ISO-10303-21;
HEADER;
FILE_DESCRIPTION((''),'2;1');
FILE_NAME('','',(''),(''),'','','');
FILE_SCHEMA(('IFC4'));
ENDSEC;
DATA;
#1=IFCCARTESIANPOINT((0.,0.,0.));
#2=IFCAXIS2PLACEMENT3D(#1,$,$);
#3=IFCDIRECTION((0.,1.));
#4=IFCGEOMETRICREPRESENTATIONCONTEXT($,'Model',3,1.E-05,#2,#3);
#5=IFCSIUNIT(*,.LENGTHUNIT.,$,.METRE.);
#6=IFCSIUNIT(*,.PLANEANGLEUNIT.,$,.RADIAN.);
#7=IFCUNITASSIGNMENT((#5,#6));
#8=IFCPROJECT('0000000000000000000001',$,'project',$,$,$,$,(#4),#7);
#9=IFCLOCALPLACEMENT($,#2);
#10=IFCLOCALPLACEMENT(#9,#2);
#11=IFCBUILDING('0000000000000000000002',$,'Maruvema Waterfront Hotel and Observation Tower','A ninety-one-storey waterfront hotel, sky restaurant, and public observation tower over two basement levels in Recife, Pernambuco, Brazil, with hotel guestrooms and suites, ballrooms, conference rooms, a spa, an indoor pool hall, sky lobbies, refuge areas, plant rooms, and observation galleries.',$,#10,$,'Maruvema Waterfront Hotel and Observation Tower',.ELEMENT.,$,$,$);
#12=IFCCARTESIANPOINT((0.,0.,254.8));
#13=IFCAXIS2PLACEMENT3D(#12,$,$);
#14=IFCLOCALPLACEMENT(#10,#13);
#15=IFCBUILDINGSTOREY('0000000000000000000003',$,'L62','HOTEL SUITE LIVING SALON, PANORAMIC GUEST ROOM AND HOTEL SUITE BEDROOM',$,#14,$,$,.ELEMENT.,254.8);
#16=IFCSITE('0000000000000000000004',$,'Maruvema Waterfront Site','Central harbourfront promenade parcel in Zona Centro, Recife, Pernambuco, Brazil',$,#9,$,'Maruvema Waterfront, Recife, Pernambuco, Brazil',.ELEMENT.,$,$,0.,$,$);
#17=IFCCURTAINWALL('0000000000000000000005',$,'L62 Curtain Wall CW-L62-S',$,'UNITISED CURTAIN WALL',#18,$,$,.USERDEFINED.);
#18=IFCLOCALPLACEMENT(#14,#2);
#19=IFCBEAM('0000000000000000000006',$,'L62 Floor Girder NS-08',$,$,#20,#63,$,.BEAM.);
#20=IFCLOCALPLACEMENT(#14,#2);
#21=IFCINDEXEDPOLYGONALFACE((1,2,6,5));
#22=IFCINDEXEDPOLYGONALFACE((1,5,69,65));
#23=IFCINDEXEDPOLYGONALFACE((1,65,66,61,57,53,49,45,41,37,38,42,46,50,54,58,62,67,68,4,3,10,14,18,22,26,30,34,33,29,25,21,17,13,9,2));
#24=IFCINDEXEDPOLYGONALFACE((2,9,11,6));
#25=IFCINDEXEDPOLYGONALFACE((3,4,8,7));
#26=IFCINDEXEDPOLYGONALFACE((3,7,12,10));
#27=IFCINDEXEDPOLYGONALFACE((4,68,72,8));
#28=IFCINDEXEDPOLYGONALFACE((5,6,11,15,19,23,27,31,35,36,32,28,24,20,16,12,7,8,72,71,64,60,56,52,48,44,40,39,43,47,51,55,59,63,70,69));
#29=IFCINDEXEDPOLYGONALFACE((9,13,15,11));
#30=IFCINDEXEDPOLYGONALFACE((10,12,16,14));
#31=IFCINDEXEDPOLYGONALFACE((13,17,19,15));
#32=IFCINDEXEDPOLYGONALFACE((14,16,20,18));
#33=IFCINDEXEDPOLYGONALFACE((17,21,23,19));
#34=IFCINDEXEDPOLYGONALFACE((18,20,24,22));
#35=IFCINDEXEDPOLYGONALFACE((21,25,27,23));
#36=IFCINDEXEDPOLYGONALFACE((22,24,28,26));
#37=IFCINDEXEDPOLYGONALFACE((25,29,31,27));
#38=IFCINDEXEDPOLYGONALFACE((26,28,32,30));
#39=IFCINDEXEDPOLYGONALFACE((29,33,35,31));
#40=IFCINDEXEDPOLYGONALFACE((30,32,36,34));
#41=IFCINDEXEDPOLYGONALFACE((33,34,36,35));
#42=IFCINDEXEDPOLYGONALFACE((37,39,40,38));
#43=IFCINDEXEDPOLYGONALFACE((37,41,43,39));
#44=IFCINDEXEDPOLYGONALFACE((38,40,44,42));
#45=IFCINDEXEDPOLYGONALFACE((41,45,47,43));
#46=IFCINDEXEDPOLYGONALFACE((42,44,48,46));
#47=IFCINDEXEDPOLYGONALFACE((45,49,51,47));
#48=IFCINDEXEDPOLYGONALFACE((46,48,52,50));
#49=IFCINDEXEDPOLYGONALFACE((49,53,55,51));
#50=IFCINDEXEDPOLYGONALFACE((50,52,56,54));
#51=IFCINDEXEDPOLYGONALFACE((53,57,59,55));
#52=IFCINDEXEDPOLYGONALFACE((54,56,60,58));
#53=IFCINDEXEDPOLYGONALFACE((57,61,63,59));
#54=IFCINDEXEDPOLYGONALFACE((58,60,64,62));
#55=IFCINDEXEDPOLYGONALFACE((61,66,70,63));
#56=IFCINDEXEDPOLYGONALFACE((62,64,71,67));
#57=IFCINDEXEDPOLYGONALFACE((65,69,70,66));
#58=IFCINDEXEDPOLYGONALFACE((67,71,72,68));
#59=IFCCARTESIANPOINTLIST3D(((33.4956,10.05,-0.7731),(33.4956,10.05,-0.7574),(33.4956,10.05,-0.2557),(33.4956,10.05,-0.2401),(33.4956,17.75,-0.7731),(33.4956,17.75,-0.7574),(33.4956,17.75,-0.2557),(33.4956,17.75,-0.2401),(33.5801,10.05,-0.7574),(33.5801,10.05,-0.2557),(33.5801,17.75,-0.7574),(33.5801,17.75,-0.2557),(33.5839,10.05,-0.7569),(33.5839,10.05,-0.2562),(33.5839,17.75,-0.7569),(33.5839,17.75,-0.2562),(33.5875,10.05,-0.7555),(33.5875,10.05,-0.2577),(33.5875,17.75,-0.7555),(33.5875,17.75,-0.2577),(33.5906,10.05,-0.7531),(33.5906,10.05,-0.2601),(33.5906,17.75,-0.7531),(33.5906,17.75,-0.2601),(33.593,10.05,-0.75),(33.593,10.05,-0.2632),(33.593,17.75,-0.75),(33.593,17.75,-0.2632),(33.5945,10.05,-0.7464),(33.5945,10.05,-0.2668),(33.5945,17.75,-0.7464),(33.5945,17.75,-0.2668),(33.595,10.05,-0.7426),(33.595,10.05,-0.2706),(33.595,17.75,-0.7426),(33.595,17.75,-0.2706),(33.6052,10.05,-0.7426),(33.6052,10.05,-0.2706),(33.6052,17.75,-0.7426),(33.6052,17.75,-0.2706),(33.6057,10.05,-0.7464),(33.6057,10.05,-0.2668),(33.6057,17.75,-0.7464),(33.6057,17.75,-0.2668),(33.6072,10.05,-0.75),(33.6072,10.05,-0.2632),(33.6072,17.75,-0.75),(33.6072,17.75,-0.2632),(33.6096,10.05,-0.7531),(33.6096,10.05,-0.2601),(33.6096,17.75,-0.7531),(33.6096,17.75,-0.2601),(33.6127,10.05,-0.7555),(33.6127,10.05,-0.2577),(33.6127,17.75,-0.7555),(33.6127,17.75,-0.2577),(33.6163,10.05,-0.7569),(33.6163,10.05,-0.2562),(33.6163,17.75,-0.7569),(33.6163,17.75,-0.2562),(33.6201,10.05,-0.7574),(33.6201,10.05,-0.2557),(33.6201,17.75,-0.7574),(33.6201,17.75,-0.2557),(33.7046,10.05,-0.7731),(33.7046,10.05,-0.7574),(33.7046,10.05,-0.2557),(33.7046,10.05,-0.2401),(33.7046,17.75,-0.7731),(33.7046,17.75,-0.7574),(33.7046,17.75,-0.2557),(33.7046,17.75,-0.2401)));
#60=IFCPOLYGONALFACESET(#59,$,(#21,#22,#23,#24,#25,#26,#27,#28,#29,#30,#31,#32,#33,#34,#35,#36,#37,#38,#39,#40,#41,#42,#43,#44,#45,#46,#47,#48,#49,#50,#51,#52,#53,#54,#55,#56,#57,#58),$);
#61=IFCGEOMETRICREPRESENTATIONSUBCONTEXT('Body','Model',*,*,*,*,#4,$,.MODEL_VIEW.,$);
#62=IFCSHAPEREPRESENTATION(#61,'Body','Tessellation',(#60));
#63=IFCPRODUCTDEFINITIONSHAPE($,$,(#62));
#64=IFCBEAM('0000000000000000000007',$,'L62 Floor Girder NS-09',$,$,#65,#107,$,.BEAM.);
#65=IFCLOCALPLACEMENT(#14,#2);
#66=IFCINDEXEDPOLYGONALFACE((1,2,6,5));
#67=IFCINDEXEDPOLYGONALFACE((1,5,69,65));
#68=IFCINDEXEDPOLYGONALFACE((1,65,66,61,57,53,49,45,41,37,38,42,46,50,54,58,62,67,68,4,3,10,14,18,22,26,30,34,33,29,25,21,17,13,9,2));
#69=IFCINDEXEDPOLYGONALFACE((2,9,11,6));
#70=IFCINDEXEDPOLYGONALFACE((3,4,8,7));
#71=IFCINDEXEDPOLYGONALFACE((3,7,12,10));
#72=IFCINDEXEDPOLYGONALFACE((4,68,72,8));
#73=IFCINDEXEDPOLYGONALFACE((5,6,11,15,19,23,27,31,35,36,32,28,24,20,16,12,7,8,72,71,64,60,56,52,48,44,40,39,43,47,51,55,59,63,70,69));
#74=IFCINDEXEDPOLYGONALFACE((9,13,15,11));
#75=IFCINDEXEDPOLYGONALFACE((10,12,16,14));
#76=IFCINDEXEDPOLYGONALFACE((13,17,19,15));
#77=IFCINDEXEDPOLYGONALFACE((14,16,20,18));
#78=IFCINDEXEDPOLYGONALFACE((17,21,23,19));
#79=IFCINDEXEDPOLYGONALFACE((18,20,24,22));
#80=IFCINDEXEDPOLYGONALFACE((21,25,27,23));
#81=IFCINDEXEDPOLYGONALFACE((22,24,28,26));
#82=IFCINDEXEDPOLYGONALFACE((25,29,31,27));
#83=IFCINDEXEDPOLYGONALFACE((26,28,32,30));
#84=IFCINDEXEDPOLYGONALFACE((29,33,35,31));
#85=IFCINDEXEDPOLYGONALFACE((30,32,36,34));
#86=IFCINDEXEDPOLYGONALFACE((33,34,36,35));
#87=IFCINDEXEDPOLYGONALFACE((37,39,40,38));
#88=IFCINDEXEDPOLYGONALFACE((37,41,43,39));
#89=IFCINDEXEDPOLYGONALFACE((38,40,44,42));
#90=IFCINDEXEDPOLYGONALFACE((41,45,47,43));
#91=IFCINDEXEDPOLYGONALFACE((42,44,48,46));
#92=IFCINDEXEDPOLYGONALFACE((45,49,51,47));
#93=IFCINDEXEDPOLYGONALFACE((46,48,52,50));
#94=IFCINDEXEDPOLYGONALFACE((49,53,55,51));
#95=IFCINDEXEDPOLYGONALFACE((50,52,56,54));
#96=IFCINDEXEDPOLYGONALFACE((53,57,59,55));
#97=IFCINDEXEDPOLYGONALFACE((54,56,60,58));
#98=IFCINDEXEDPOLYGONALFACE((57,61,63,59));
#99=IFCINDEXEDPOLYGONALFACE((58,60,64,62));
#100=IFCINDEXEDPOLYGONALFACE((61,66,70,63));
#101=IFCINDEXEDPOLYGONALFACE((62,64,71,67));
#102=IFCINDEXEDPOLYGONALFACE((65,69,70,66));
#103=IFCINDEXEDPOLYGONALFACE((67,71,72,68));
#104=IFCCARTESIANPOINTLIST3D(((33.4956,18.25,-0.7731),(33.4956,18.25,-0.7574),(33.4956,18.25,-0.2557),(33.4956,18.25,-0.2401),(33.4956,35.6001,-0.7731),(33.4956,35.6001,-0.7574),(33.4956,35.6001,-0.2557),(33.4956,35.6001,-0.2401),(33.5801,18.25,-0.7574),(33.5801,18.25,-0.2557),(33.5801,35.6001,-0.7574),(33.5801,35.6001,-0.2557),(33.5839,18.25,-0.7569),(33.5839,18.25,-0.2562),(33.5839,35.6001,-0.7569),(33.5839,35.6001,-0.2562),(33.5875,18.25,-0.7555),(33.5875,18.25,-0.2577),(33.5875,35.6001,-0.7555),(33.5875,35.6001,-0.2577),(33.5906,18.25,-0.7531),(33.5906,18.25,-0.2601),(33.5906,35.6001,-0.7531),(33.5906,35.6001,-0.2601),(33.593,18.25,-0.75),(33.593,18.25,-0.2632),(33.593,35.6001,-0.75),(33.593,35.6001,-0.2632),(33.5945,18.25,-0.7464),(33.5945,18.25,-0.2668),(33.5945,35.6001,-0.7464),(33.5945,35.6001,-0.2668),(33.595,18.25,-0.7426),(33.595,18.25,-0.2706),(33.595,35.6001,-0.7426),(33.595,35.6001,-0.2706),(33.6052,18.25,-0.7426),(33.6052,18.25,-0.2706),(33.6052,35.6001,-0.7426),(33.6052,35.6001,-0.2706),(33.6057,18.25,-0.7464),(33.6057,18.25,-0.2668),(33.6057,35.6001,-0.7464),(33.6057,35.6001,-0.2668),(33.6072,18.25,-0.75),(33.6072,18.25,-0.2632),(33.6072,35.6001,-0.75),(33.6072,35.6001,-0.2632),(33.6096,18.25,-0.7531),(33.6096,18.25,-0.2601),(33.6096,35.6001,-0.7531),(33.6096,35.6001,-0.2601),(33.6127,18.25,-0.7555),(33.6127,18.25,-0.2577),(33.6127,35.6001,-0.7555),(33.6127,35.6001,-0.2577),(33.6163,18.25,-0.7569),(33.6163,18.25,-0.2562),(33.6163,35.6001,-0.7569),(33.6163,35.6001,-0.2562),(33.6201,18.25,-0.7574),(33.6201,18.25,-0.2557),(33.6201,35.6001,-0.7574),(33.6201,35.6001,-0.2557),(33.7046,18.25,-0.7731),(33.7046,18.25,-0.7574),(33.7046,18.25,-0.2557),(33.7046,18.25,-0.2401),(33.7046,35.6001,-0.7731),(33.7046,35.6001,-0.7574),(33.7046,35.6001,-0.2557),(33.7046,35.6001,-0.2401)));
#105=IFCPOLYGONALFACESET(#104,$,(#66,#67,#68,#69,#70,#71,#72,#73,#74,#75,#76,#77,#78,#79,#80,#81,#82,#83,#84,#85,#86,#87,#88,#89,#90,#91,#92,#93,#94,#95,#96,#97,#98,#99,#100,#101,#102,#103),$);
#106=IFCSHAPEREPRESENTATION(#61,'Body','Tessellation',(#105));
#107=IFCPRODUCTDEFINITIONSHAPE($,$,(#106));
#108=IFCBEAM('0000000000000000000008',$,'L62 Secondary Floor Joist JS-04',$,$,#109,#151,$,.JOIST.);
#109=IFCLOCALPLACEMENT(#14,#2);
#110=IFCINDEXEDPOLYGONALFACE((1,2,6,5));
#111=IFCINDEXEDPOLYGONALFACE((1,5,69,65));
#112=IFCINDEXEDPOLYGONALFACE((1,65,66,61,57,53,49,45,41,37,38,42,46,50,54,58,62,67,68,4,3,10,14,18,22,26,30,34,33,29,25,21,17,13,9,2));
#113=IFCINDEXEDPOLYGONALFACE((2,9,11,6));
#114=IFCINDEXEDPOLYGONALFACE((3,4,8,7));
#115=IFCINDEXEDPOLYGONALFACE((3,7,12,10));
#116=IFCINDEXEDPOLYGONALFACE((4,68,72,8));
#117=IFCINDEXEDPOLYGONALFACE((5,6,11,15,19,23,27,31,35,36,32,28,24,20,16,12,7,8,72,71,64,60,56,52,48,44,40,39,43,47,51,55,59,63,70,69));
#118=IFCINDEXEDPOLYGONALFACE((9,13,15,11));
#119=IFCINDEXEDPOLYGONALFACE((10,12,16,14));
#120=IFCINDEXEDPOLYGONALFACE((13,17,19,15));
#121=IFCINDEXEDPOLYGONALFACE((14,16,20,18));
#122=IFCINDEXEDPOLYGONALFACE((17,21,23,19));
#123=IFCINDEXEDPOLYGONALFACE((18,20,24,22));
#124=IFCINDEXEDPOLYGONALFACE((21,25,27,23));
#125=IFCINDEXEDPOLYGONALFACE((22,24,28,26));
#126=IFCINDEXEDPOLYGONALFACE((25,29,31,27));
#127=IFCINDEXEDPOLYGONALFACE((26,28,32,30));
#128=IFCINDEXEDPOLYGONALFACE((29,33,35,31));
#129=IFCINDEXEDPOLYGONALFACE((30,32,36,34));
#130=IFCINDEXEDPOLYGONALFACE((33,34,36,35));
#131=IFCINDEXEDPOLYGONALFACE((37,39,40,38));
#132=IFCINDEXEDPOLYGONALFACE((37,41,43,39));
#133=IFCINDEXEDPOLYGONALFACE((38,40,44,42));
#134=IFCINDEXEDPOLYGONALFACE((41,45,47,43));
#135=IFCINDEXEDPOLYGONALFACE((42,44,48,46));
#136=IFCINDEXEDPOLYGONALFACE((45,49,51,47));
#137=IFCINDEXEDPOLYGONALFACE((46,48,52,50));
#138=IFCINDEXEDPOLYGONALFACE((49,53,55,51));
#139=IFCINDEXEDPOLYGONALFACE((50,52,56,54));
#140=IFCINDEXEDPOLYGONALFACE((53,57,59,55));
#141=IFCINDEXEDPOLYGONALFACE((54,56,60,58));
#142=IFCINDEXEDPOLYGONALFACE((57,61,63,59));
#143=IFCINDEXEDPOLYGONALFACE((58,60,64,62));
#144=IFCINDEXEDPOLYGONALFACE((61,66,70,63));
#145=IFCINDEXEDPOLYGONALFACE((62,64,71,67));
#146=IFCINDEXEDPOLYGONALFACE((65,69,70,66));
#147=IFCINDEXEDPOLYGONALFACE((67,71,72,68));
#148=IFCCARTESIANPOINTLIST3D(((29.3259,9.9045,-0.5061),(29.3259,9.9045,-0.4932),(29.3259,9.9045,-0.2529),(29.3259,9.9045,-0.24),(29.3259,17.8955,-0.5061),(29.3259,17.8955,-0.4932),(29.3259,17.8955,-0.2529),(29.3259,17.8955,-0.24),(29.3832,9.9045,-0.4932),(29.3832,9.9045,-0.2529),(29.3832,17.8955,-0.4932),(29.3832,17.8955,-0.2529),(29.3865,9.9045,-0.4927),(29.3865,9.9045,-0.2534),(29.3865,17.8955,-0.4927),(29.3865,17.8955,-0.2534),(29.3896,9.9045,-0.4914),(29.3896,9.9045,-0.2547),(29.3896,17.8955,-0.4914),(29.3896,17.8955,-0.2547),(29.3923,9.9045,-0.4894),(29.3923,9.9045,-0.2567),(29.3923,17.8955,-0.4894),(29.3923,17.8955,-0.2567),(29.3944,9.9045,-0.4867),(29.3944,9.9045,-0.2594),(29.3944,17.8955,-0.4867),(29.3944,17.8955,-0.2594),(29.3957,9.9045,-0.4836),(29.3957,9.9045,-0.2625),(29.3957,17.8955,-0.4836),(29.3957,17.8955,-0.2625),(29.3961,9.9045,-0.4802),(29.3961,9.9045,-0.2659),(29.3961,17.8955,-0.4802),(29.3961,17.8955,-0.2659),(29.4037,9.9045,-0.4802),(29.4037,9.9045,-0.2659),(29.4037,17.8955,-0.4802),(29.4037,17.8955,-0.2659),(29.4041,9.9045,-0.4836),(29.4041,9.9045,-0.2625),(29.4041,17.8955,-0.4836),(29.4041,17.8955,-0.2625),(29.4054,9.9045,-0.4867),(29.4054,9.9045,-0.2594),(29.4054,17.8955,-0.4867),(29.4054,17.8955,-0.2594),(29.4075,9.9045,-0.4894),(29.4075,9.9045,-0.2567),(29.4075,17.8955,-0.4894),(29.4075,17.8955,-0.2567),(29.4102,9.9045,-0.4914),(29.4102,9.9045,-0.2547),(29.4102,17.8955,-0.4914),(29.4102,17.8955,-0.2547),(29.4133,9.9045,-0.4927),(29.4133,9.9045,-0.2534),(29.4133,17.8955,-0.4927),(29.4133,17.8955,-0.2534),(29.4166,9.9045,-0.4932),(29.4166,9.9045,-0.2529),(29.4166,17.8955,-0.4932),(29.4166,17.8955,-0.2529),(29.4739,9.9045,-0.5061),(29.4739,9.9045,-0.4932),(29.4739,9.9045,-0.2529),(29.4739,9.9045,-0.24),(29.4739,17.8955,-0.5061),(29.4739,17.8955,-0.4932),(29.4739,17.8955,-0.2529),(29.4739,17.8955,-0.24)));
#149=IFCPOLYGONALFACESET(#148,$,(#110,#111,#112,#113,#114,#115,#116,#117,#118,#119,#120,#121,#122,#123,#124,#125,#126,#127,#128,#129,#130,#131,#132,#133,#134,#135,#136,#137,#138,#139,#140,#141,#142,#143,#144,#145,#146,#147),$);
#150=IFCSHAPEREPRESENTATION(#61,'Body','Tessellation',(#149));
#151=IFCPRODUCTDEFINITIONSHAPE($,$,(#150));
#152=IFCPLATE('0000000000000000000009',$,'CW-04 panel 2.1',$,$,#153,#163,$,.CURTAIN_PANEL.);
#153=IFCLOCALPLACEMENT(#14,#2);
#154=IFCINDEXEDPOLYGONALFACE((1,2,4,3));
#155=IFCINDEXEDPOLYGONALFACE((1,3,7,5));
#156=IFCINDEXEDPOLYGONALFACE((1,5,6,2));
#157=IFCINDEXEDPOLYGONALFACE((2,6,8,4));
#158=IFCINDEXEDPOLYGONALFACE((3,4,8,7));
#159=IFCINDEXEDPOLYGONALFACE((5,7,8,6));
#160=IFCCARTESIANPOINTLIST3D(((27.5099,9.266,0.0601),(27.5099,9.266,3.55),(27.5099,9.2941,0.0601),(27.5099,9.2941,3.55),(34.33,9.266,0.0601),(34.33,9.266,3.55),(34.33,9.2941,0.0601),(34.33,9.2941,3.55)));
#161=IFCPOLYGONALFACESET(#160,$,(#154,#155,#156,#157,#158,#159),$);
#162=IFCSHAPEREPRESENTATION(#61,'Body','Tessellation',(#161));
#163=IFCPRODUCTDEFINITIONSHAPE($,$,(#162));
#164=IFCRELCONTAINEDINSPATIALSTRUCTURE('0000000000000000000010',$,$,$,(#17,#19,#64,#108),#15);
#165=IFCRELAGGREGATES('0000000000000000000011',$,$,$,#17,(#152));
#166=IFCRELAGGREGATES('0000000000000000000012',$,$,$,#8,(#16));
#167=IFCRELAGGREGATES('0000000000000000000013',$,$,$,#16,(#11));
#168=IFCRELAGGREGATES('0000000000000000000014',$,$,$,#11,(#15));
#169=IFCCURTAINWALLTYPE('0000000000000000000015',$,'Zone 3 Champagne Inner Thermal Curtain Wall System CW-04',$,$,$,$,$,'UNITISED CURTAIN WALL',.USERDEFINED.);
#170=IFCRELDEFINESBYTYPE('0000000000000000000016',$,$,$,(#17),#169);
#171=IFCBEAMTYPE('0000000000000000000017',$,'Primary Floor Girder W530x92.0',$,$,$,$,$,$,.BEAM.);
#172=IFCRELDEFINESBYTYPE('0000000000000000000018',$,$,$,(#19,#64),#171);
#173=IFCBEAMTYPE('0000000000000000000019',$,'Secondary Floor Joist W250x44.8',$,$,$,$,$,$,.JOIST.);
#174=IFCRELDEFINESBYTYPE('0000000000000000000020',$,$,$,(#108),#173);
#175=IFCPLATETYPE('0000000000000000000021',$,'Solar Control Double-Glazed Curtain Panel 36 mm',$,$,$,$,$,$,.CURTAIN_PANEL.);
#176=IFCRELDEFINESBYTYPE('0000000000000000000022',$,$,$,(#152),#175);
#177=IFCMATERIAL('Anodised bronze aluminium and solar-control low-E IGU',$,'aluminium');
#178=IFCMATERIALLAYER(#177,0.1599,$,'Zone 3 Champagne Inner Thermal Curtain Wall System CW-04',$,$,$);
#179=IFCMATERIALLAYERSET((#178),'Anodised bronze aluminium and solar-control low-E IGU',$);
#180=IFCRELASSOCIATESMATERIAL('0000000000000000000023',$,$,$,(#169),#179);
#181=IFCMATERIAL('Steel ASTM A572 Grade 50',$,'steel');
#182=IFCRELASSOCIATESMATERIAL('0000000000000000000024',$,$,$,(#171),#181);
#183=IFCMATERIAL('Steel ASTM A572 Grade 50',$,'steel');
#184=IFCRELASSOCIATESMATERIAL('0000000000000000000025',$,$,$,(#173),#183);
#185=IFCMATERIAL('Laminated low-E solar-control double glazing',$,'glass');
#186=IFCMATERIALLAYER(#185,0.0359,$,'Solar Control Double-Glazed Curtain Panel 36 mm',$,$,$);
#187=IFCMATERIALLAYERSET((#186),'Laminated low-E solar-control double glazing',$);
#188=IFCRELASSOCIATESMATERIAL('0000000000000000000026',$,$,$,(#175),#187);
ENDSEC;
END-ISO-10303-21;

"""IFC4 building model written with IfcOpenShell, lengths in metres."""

from ifc_helpers import new_model, si_unit, direction, frame, origin, origin_2d, place, context, subcontext, project, spatial, rectangle, i_section, extrude, material, layer, layer_set, material_profile, profile_set, type_object, element, aggregate, save


model = new_model("IFC4")

# Units and contexts
model_context = context("Model", 3, precision=1e-05, world=origin(), true_north=direction((0.0, 1.0)))
body_context = subcontext(model_context, "Body", "Model", "MODEL_VIEW")
ifc_project = project(units=[si_unit("LENGTHUNIT", "METRE"), si_unit("PLANEANGLEUNIT", "RADIAN")], contexts=[model_context])

# Site, building, storey
site_placement = place(None, origin())
site = spatial("IfcSite", under=ifc_project, at=site_placement, Name="Maruvema Waterfront Site", Description="Central harbourfront promenade parcel in Zona Centro, Recife, Pernambuco, Brazil", LongName="Maruvema Waterfront, Recife, Pernambuco, Brazil", CompositionType="ELEMENT", RefElevation=0.0)
building_placement = place(site_placement, origin())
building = spatial("IfcBuilding", under=site, at=building_placement, Name="Maruvema Waterfront Hotel and Observation Tower", Description="A ninety-one-storey waterfront hotel, sky restaurant, and public observation tower over two basement levels in Recife, Pernambuco, Brazil, with hotel guestrooms and suites, ballrooms, conference rooms, a spa, an indoor pool hall, sky lobbies, refuge areas, plant rooms, and observation galleries.", LongName="Maruvema Waterfront Hotel and Observation Tower", CompositionType="ELEMENT")
storey_placement = place(building_placement, frame((0.0, 0.0, 254.8)))
storey = spatial("IfcBuildingStorey", under=building, at=storey_placement, Name="L62", Description="HOTEL SUITE LIVING SALON, PANORAMIC GUEST ROOM AND HOTEL SUITE BEDROOM", CompositionType="ELEMENT", Elevation=254.8)

# Curtain wall
ifc_material_1 = material(Name="Anodised bronze aluminium and solar-control low-E IGU", Category="aluminium")
ifc_layer_1 = layer(ifc_material_1, 0.1599, Name="Zone 3 Champagne Inner Thermal Curtain Wall System CW-04")
ifc_layer_set_1 = layer_set([ifc_layer_1], Name="Anodised bronze aluminium and solar-control low-E IGU")
curtain_wall_type = type_object("IfcCurtainWallType", Name="Zone 3 Champagne Inner Thermal Curtain Wall System CW-04", ElementType="UNITISED CURTAIN WALL", PredefinedType="USERDEFINED", material=ifc_layer_set_1)
curtain_wall_placement = place(storey_placement, origin())
curtain_wall = element("IfcCurtainWall", 1, at=curtain_wall_placement, inside=storey, type_object=curtain_wall_type, Name="L62 Curtain Wall CW-L62-S", ObjectType="UNITISED CURTAIN WALL", PredefinedType="USERDEFINED")

# Beams
ifc_material_2 = material(Name="Steel ASTM A572 Grade 50", Category="steel")
ifc_material_profile_1 = material_profile(ifc_material_2, i_section(OverallWidth=0.209, OverallDepth=0.533, WebThickness=0.0103, FlangeThickness=0.0156, FilletRadius=0.0149, at=origin_2d()), Name="W530x92.0")
ifc_profile_set_1 = profile_set([ifc_material_profile_1], Name="Steel ASTM A572 Grade 50")
beam_type_1 = type_object("IfcBeamType", Name="Primary Floor Girder W530x92.0", PredefinedType="BEAM", material=ifc_profile_set_1)
beam_1_placement = place(storey_placement, frame((33.6001, 10.05, -0.5066), z_axis=(0.0, 1.0, 0.0), x_axis=(-1.0, 0.0, 0.0)))
element("IfcBeam", 2, at=beam_1_placement, inside=storey, type_object=beam_type_1, Name="L62 Floor Girder NS-08", PredefinedType="BEAM", context=body_context, shape_type="SweptSolid", body=[
    extrude(i_section(OverallWidth=0.209, OverallDepth=0.533, WebThickness=0.0103, FlangeThickness=0.0156, FilletRadius=0.0149, at=origin_2d()), origin(), (0.0, 0.0, 1.0), 7.7),
])
beam_2_placement = place(storey_placement, frame((33.6001, 18.25, -0.5066), z_axis=(0.0, 1.0, 0.0), x_axis=(-1.0, 0.0, 0.0)))
element("IfcBeam", 3, at=beam_2_placement, inside=storey, type_object=beam_type_1, Name="L62 Floor Girder NS-09", PredefinedType="BEAM", context=body_context, shape_type="SweptSolid", body=[
    extrude(i_section(OverallWidth=0.209, OverallDepth=0.533, WebThickness=0.0103, FlangeThickness=0.0156, FilletRadius=0.0149, at=origin_2d()), origin(), (0.0, 0.0, 1.0), 17.3501),
])
ifc_material_3 = material(Name="Steel ASTM A572 Grade 50", Category="steel")
ifc_material_profile_2 = material_profile(ifc_material_3, i_section(OverallWidth=0.1479, OverallDepth=0.2661, WebThickness=0.0076, FlangeThickness=0.0129, FilletRadius=0.0129, at=origin_2d()), Name="W250x44.8")
ifc_profile_set_2 = profile_set([ifc_material_profile_2], Name="Steel ASTM A572 Grade 50")
beam_type_2 = type_object("IfcBeamType", Name="Secondary Floor Joist W250x44.8", PredefinedType="JOIST", material=ifc_profile_set_2)
beam_3_placement = place(storey_placement, frame((29.3999, 9.9045, -0.373), z_axis=(0.0, 1.0, 0.0), x_axis=(-1.0, 0.0, 0.0)))
element("IfcBeam", 4, at=beam_3_placement, inside=storey, type_object=beam_type_2, Name="L62 Secondary Floor Joist JS-04", PredefinedType="JOIST", context=body_context, shape_type="SweptSolid", body=[
    extrude(i_section(OverallWidth=0.1479, OverallDepth=0.2661, WebThickness=0.0076, FlangeThickness=0.0129, FilletRadius=0.0129, at=origin_2d()), origin(), (0.0, 0.0, 1.0), 7.991),
])

# Plate
ifc_material_4 = material(Name="Laminated low-E solar-control double glazing", Category="glass")
ifc_layer_2 = layer(ifc_material_4, 0.0359, Name="Solar Control Double-Glazed Curtain Panel 36 mm")
ifc_layer_set_2 = layer_set([ifc_layer_2], Name="Laminated low-E solar-control double glazing")
plate_type = type_object("IfcPlateType", Name="Solar Control Double-Glazed Curtain Panel 36 mm", PredefinedType="CURTAIN_PANEL", material=ifc_layer_set_2)
plate_placement = place(storey_placement, frame((30.9199, 9.28, 0.0601), z_axis=(0.0, 0.0, 1.0), x_axis=(1.0, 0.0, 0.0)))
plate = element("IfcPlate", 5, at=plate_placement, type_object=plate_type, Name="CW-04 panel 2.1", PredefinedType="CURTAIN_PANEL", context=body_context, shape_type="SweptSolid", body=[
    extrude(rectangle(XDim=6.8201, YDim=0.0281, at=origin_2d()), origin(), (0.0, 0.0, 1.0), 3.49),
])
aggregate(curtain_wall, [plate])

save(model, "model.ifc")
